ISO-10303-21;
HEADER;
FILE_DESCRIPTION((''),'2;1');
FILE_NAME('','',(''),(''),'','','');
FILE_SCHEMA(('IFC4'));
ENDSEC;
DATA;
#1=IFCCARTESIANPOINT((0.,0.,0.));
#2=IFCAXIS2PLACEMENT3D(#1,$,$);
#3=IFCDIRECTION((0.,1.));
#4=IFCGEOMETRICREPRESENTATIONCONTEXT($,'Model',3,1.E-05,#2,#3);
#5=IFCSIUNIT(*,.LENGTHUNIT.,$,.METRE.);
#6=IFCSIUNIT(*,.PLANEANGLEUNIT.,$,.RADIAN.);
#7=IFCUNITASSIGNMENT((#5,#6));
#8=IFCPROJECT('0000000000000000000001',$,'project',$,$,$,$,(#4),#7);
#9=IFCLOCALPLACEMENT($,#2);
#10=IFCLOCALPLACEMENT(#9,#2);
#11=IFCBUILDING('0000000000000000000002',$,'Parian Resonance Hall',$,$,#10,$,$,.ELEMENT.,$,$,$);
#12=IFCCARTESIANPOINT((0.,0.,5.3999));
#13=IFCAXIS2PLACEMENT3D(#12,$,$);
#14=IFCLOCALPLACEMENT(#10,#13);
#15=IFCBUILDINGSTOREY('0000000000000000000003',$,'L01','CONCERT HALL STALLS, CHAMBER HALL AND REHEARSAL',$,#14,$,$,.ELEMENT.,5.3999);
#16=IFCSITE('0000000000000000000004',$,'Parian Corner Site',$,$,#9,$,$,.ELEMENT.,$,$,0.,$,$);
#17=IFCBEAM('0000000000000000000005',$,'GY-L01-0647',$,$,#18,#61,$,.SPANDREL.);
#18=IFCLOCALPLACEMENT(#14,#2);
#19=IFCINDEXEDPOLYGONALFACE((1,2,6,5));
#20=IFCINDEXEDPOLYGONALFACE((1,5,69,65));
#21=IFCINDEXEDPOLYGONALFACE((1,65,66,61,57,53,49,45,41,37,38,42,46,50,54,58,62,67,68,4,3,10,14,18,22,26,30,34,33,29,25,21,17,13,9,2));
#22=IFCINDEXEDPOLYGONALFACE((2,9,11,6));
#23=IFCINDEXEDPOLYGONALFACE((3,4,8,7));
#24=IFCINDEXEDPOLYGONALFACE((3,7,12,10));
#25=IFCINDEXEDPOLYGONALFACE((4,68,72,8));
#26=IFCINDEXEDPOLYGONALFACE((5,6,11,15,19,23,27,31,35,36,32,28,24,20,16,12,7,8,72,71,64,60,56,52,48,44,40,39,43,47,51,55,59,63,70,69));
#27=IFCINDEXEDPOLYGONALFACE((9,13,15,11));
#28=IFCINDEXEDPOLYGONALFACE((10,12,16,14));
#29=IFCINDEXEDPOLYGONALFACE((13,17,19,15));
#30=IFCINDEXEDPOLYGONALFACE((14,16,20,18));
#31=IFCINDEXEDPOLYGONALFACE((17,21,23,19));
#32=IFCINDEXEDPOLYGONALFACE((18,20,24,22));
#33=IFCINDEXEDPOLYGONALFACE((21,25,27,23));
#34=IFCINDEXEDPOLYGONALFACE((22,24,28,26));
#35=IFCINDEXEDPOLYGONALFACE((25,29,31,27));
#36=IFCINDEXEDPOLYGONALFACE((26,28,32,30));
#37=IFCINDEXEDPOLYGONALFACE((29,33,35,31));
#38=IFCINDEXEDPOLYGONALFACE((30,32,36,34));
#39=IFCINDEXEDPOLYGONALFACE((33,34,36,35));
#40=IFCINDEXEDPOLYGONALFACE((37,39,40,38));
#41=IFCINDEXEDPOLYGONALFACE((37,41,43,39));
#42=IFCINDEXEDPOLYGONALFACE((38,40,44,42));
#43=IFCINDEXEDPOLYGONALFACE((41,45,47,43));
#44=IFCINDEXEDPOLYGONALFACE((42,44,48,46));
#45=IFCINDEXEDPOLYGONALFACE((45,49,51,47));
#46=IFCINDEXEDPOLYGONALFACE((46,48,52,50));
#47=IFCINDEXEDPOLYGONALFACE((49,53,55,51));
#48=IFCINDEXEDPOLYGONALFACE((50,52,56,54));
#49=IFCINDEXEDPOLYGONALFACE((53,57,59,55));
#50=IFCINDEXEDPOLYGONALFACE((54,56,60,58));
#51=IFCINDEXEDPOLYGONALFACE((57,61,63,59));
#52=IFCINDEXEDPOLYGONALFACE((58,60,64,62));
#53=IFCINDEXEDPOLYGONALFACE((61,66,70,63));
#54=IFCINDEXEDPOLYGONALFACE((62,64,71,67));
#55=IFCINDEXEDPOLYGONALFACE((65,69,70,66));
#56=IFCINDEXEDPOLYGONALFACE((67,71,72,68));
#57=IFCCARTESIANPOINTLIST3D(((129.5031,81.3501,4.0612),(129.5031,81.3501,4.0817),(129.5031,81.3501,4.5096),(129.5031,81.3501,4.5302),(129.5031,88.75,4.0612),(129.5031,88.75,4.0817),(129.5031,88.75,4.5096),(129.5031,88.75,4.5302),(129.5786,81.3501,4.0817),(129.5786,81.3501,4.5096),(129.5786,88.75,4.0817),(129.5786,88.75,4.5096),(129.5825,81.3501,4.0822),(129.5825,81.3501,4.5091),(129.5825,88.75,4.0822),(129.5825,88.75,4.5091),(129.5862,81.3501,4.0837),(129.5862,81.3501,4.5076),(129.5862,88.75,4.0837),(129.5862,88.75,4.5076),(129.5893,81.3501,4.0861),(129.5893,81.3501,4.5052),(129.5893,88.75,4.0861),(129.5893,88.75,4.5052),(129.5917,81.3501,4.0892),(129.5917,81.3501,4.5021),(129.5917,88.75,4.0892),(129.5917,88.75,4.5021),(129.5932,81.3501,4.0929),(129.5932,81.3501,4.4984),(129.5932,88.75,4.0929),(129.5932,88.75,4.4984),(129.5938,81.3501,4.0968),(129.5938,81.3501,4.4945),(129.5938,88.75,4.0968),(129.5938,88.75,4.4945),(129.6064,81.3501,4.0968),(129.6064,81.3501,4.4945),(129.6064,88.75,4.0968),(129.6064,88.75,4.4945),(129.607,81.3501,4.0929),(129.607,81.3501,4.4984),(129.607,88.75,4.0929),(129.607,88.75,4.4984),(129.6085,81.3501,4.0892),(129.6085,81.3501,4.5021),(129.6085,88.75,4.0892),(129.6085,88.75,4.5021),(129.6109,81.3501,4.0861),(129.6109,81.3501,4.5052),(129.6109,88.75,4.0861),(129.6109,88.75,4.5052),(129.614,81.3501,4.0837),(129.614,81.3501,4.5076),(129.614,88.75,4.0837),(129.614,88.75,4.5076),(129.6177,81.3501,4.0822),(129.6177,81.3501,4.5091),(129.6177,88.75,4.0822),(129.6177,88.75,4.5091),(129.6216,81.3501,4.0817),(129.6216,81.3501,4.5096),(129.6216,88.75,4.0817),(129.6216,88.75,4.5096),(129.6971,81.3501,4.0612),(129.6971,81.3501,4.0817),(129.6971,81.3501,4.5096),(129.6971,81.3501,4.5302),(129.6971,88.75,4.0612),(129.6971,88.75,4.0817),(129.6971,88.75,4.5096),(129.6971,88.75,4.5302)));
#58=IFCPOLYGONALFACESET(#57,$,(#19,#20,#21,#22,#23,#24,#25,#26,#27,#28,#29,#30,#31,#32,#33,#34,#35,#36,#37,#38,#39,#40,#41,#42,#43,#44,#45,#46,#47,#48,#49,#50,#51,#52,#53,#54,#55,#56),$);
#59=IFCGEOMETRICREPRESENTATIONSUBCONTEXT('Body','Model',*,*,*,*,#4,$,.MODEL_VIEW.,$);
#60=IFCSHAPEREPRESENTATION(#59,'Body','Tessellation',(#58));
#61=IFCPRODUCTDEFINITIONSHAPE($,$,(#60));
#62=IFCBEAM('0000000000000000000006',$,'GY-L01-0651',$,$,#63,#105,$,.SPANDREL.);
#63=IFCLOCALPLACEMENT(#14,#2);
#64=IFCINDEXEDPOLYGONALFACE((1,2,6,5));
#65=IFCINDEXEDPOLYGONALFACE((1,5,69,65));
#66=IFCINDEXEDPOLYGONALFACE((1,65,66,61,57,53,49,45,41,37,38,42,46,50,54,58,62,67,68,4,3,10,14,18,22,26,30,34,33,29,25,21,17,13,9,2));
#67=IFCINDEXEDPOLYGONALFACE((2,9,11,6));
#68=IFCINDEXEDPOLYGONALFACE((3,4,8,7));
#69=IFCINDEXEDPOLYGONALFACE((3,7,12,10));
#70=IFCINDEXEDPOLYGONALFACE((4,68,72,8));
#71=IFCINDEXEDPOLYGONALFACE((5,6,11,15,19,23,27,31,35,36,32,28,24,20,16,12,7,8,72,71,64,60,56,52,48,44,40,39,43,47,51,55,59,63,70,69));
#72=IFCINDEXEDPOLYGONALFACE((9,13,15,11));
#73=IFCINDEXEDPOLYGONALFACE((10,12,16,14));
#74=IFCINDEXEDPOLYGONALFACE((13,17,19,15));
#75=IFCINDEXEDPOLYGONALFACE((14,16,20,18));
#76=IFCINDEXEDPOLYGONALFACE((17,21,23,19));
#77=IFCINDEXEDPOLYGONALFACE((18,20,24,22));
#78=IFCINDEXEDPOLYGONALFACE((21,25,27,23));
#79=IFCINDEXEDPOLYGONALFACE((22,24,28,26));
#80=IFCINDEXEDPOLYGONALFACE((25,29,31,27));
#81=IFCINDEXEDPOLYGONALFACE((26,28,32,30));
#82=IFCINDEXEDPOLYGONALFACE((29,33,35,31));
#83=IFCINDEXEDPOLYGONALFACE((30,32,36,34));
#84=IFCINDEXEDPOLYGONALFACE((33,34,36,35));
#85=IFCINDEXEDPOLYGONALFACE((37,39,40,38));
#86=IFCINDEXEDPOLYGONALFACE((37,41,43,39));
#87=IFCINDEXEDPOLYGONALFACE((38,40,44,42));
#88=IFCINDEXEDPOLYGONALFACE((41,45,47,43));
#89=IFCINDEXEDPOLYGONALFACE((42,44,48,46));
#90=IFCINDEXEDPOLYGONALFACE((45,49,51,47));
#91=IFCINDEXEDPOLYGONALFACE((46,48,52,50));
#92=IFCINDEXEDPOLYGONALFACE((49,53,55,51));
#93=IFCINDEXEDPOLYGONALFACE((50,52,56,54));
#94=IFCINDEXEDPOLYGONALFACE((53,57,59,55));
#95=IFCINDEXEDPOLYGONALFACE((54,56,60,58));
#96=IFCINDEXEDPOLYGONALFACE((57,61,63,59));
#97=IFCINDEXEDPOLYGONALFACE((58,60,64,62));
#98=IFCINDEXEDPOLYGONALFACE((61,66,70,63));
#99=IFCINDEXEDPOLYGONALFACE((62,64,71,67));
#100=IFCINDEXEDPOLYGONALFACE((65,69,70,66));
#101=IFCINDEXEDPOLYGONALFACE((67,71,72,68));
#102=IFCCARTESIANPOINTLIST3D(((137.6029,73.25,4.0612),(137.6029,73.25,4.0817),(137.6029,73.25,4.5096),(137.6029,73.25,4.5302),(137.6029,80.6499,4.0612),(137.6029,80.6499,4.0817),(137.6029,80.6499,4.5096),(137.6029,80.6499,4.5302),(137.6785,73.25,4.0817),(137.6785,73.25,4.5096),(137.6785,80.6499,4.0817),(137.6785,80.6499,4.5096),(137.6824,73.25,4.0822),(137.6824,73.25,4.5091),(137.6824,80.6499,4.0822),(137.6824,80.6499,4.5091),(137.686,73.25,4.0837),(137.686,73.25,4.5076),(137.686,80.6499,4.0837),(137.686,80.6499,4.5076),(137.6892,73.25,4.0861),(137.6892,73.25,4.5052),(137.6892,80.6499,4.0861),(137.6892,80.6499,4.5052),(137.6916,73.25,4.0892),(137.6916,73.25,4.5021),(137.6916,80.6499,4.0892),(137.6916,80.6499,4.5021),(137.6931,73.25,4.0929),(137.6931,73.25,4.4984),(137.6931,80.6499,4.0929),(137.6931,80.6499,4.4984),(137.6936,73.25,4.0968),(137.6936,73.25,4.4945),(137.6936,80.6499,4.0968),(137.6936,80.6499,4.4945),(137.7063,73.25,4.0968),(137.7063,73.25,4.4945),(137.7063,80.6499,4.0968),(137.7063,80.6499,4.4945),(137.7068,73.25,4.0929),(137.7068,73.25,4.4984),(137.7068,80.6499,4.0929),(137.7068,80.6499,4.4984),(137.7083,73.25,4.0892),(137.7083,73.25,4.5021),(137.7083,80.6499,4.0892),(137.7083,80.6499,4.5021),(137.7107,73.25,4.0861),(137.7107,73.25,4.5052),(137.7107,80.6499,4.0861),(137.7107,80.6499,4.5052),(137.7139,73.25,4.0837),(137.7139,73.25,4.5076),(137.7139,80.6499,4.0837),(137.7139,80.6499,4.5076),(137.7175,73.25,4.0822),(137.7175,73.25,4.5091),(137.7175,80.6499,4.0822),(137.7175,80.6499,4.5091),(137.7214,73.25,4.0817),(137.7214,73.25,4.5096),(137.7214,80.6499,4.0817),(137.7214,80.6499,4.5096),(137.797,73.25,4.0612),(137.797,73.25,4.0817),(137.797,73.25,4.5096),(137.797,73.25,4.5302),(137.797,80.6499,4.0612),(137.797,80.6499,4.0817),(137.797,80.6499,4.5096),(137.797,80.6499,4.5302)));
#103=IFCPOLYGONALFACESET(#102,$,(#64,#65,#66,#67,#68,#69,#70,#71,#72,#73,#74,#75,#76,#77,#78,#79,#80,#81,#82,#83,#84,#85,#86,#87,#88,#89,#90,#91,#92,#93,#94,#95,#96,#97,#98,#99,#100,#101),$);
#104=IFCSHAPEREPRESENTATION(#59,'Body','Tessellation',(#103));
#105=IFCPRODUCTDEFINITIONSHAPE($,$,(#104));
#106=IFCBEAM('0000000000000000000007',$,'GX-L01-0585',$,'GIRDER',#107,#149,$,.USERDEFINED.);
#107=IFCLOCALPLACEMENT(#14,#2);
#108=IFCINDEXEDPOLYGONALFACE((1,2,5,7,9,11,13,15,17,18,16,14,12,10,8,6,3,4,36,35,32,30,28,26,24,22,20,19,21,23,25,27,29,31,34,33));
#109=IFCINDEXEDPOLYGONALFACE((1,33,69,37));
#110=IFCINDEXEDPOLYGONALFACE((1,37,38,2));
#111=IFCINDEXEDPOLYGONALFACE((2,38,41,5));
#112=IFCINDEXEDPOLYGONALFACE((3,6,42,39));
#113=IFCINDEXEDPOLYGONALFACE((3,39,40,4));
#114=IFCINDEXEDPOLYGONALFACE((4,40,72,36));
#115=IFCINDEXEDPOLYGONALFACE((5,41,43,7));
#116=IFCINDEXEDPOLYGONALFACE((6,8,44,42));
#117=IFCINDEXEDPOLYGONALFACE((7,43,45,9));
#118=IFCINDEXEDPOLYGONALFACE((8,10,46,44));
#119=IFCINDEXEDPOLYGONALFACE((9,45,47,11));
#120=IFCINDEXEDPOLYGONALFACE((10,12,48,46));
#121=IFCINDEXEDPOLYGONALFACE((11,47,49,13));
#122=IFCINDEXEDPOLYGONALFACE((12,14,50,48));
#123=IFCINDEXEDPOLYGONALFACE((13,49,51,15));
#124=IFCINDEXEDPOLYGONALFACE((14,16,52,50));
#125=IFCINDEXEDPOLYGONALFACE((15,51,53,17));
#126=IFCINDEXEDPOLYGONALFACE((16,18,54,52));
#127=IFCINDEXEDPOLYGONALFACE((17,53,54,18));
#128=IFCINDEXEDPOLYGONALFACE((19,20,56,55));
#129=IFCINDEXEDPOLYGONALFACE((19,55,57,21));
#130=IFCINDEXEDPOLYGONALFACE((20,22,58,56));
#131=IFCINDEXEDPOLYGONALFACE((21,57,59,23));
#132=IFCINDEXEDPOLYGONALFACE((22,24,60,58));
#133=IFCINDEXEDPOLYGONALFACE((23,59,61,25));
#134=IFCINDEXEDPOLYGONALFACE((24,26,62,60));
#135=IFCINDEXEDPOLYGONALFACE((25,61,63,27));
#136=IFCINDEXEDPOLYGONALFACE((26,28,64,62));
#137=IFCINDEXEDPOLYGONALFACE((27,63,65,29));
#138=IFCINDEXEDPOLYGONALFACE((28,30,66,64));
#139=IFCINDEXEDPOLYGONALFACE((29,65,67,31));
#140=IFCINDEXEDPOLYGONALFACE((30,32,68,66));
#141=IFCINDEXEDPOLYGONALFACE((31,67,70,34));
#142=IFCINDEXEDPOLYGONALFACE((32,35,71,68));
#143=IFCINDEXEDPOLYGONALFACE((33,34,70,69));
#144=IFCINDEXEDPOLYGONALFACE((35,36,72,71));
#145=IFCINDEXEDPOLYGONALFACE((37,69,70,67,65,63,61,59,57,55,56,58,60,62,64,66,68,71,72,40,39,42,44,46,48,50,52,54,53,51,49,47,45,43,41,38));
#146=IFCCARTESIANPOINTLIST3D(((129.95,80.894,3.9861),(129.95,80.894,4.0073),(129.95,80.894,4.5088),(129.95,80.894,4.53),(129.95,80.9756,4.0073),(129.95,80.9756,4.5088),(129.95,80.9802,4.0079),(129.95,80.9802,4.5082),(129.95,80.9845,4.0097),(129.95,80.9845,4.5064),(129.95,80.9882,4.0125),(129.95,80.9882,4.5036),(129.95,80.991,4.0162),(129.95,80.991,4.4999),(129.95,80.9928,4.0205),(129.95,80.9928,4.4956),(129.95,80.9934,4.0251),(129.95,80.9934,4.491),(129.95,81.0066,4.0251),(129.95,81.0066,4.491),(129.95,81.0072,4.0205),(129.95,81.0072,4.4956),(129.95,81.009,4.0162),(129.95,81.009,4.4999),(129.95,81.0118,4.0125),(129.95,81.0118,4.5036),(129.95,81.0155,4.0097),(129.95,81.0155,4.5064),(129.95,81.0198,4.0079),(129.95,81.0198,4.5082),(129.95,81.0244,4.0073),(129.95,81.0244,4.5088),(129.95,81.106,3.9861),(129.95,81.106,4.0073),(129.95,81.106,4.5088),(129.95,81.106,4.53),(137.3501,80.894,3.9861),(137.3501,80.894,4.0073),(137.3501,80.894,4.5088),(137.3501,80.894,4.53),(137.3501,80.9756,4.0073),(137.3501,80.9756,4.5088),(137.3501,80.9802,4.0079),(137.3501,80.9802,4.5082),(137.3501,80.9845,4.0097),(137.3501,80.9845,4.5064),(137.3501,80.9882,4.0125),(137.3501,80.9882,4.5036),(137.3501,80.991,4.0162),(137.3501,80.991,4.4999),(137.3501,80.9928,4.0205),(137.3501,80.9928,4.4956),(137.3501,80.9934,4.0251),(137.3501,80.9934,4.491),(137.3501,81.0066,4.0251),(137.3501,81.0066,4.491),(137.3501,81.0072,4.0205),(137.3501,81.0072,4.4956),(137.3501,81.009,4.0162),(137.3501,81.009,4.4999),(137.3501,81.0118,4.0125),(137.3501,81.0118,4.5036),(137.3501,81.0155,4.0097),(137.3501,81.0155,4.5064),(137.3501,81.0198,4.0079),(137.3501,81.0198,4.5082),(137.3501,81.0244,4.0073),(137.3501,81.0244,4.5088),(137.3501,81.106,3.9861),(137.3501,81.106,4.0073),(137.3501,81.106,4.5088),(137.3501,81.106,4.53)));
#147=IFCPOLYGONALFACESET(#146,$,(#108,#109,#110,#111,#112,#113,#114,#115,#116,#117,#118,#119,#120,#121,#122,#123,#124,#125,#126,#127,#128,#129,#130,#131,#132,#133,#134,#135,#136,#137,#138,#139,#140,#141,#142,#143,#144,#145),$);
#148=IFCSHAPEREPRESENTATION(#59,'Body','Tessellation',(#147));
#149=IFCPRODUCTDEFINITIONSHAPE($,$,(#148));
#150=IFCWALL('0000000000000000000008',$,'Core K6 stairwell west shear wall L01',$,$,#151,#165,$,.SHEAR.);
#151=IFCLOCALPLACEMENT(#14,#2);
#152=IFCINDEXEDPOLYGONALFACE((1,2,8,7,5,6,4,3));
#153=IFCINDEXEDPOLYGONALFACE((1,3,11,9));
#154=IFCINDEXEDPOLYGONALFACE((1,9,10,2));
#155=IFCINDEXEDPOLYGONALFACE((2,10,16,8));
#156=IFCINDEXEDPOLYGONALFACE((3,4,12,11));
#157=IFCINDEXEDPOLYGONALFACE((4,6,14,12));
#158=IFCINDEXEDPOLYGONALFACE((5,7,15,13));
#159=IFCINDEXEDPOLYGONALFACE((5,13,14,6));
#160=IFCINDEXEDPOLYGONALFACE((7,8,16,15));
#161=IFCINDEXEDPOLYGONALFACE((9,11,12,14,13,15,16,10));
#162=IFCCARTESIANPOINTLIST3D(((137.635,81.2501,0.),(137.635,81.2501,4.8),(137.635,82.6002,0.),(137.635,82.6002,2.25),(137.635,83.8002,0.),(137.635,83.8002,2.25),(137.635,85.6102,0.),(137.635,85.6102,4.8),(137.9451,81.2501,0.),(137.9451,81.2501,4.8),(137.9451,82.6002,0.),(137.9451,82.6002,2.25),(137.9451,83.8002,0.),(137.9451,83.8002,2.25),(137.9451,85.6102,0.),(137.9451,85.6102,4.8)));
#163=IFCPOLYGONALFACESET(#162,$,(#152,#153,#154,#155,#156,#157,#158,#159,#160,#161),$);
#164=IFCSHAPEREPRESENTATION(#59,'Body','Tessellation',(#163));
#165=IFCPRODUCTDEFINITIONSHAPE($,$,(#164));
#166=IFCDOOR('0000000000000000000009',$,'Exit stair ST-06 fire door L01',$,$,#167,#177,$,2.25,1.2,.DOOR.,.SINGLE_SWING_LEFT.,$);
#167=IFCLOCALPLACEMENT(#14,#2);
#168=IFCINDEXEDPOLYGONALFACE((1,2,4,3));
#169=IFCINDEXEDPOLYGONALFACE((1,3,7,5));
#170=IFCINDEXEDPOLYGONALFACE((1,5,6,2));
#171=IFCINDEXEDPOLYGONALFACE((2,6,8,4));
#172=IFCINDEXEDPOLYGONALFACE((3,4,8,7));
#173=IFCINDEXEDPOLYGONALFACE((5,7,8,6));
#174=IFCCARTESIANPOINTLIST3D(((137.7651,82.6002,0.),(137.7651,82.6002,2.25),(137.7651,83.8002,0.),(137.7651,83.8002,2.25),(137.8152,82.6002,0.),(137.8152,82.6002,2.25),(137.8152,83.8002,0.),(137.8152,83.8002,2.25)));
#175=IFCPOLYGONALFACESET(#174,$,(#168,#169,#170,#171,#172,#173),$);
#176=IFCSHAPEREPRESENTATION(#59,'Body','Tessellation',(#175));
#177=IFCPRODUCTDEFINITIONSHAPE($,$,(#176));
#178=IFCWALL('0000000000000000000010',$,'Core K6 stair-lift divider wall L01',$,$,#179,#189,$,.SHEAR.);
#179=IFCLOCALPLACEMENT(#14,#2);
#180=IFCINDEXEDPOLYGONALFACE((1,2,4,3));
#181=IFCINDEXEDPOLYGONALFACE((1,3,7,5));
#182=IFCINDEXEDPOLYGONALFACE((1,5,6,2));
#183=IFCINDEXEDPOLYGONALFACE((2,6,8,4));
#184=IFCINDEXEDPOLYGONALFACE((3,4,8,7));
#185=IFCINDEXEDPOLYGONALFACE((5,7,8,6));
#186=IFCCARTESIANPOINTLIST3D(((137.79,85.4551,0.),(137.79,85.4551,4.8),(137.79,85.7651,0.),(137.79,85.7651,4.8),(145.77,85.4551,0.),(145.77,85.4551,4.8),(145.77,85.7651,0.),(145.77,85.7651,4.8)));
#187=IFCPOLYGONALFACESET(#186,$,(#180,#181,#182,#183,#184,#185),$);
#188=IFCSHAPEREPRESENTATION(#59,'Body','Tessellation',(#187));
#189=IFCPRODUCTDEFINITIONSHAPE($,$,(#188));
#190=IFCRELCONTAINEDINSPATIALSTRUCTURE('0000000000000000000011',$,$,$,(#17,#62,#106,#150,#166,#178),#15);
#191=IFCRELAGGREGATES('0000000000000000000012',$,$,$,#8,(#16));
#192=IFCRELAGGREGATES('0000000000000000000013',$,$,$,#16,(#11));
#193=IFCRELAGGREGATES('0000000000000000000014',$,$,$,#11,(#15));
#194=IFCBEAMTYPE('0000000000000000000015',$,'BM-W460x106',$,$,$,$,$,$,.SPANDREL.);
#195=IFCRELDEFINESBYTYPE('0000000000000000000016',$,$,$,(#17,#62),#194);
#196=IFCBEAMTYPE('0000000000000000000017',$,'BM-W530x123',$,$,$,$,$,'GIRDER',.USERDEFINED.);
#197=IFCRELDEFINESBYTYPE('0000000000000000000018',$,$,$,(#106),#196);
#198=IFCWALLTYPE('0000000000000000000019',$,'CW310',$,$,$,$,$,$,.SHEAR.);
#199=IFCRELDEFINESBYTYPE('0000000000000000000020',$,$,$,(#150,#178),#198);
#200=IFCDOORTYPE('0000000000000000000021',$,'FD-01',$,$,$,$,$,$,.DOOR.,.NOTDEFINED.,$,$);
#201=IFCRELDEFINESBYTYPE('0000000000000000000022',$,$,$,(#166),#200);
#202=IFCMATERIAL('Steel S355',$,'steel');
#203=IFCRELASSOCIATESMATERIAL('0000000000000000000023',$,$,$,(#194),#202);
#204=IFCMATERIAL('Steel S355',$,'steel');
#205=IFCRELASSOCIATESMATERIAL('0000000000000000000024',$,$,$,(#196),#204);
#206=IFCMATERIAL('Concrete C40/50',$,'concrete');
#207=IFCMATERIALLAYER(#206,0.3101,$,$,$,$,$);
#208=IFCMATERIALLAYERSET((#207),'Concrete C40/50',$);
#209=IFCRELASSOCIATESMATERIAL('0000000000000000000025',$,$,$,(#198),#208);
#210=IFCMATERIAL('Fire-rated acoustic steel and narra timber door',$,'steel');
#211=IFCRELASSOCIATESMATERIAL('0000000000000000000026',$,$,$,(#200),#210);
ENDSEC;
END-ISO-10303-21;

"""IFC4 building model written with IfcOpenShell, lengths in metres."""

from ifc_helpers import new_model, si_unit, direction, frame, frame_2d, origin, origin_2d, place, context, subcontext, project, spatial, rectangle, i_section, extrude, material, layer, layer_set, material_profile, profile_set, type_object, element, fill, save


model = new_model("IFC4")

# Units and contexts
model_context = context("Model", 3, precision=1e-05, world=origin(), true_north=direction((0.0, 1.0)))
body_context = subcontext(model_context, "Body", "Model", "MODEL_VIEW")
ifc_project = project(units=[si_unit("LENGTHUNIT", "METRE"), si_unit("PLANEANGLEUNIT", "RADIAN")], contexts=[model_context])

# Site, building, storey
site_placement = place(None, origin())
site = spatial("IfcSite", under=ifc_project, at=site_placement, Name="Parian Corner Site", CompositionType="ELEMENT", RefElevation=0.0)
building_placement = place(site_placement, origin())
building = spatial("IfcBuilding", under=site, at=building_placement, Name="Parian Resonance Hall", CompositionType="ELEMENT")
storey_placement = place(building_placement, frame((0.0, 0.0, 5.3999)))
storey = spatial("IfcBuildingStorey", under=building, at=storey_placement, Name="L01", Description="CONCERT HALL STALLS, CHAMBER HALL AND REHEARSAL", CompositionType="ELEMENT", Elevation=5.3999)

# Beams
ifc_material_1 = material(Name="Steel S355", Category="steel")
ifc_material_profile_1 = material_profile(ifc_material_1, i_section(OverallWidth=0.1941, OverallDepth=0.469, WebThickness=0.0127, FlangeThickness=0.0205, FilletRadius=0.0151, at=origin_2d()), Name="W460x106")
ifc_profile_set_1 = profile_set([ifc_material_profile_1], Name="Steel S355")
beam_type_1 = type_object("IfcBeamType", Name="BM-W460x106", PredefinedType="SPANDREL", material=ifc_profile_set_1)
for number, where, z_axis, x_axis, name in (
    (1, (129.6001, 81.3501, 4.2957), (0.0, 1.0, 0.0), (-1.0, 0.0, 0.0), "GY-L01-0647"),
    (2, (137.7, 73.25, 4.2957), (0.0, 1.0, 0.0), (-1.0, 0.0, 0.0), "GY-L01-0651"),
):
    element("IfcBeam", number, at=place(storey_placement, frame(where, z_axis=z_axis, x_axis=x_axis)), inside=storey, type_object=beam_type_1, Name=name, PredefinedType="SPANDREL", context=body_context, shape_type="SweptSolid", body=[
        extrude(i_section(OverallWidth=0.1941, OverallDepth=0.469, WebThickness=0.0127, FlangeThickness=0.0205, FilletRadius=0.0151, at=origin_2d()), origin(), (0.0, 0.0, 1.0), 7.3999),
    ])
ifc_material_2 = material(Name="Steel S355", Category="steel")
ifc_material_profile_2 = material_profile(ifc_material_2, i_section(OverallWidth=0.2119, OverallDepth=0.5439, WebThickness=0.0132, FlangeThickness=0.0212, FilletRadius=0.0178, at=origin_2d()), Name="W530x123")
ifc_profile_set_2 = profile_set([ifc_material_profile_2], Name="Steel S355")
beam_type_2 = type_object("IfcBeamType", Name="BM-W530x123", ElementType="GIRDER", PredefinedType="USERDEFINED", material=ifc_profile_set_2)
beam_1_placement = place(storey_placement, frame((129.95, 81.0, 4.2581), z_axis=(1.0, 0.0, 0.0), x_axis=(0.0, 1.0, 0.0)))
element("IfcBeam", 3, at=beam_1_placement, inside=storey, type_object=beam_type_2, Name="GX-L01-0585", ObjectType="GIRDER", PredefinedType="USERDEFINED", context=body_context, shape_type="SweptSolid", body=[
    extrude(i_section(OverallWidth=0.2119, OverallDepth=0.5439, WebThickness=0.0132, FlangeThickness=0.0212, FilletRadius=0.0178, at=origin_2d()), origin(), (0.0, 0.0, 1.0), 7.4001),
])

# Wall, opening, door
ifc_material_3 = material(Name="Concrete C40/50", Category="concrete")
ifc_layer_1 = layer(ifc_material_3, 0.3101)
ifc_layer_set_1 = layer_set([ifc_layer_1], Name="Concrete C40/50")
wall_type_1 = type_object("IfcWallType", Name="CW310", PredefinedType="SHEAR", material=ifc_layer_set_1)
wall_1_placement = place(storey_placement, frame((137.79, 81.25, 0.0), z_axis=(0.0, 0.0, 1.0), x_axis=(0.0, 1.0, 0.0)))
wall_1 = element("IfcWall", 4, at=wall_1_placement, inside=storey, type_object=wall_type_1, Name="Core K6 stairwell west shear wall L01", PredefinedType="SHEAR", context=body_context, shape_type="SweptSolid", body=[
    extrude(rectangle(XDim=4.3601, YDim=0.3101, at=frame_2d((2.1802, 0.0))), origin(), (0.0, 0.0, 1.0), 4.8),
])
opening_1_placement = place(wall_1_placement, frame((1.3501, 0.0, 0.0)))
opening_1 = element("IfcOpeningElement", 5, at=opening_1_placement, cuts=wall_1, PredefinedType="OPENING", context=body_context, shape_type="SweptSolid", body=[
    extrude(rectangle(XDim=1.2, YDim=2.25, at=frame_2d((0.6001, 1.125))), frame((0.0, 0.165, 0.0), z_axis=(0.0, -1.0, 0.0), x_axis=(1.0, 0.0, 0.0)), (0.0, 0.0, 1.0), 0.3301),
])
ifc_material_4 = material(Name="Fire-rated acoustic steel and narra timber door", Category="steel")
door_type_1 = type_object("IfcDoorType", Name="FD-01", OperationType="NOTDEFINED", PredefinedType="DOOR", material=ifc_material_4)
door_1_placement = place(opening_1_placement, origin())
door_1 = element("IfcDoor", 6, at=door_1_placement, inside=storey, type_object=door_type_1, Name="Exit stair ST-06 fire door L01", OperationType="SINGLE_SWING_LEFT", OverallHeight=2.25, OverallWidth=1.2, PredefinedType="DOOR", context=body_context, shape_type="SweptSolid", body=[
    extrude(rectangle(XDim=1.2, YDim=2.25, at=frame_2d((0.6001, 1.125))), frame((0.0, 0.0249, 0.0), z_axis=(0.0, -1.0, 0.0), x_axis=(1.0, 0.0, 0.0)), (0.0, 0.0, 1.0), 0.05),
])
fill(opening_1, door_1)

# Wall
wall_2_placement = place(storey_placement, frame((137.79, 85.6101, 0.0), z_axis=(0.0, 0.0, 1.0), x_axis=(1.0, 0.0, 0.0)))
element("IfcWall", 7, at=wall_2_placement, inside=storey, type_object=wall_type_1, Name="Core K6 stair-lift divider wall L01", PredefinedType="SHEAR", context=body_context, shape_type="SweptSolid", body=[
    extrude(rectangle(XDim=7.98, YDim=0.3101, at=frame_2d((3.99, 0.0))), origin(), (0.0, 0.0, 1.0), 4.8),
])

save(model, "model.ifc")
